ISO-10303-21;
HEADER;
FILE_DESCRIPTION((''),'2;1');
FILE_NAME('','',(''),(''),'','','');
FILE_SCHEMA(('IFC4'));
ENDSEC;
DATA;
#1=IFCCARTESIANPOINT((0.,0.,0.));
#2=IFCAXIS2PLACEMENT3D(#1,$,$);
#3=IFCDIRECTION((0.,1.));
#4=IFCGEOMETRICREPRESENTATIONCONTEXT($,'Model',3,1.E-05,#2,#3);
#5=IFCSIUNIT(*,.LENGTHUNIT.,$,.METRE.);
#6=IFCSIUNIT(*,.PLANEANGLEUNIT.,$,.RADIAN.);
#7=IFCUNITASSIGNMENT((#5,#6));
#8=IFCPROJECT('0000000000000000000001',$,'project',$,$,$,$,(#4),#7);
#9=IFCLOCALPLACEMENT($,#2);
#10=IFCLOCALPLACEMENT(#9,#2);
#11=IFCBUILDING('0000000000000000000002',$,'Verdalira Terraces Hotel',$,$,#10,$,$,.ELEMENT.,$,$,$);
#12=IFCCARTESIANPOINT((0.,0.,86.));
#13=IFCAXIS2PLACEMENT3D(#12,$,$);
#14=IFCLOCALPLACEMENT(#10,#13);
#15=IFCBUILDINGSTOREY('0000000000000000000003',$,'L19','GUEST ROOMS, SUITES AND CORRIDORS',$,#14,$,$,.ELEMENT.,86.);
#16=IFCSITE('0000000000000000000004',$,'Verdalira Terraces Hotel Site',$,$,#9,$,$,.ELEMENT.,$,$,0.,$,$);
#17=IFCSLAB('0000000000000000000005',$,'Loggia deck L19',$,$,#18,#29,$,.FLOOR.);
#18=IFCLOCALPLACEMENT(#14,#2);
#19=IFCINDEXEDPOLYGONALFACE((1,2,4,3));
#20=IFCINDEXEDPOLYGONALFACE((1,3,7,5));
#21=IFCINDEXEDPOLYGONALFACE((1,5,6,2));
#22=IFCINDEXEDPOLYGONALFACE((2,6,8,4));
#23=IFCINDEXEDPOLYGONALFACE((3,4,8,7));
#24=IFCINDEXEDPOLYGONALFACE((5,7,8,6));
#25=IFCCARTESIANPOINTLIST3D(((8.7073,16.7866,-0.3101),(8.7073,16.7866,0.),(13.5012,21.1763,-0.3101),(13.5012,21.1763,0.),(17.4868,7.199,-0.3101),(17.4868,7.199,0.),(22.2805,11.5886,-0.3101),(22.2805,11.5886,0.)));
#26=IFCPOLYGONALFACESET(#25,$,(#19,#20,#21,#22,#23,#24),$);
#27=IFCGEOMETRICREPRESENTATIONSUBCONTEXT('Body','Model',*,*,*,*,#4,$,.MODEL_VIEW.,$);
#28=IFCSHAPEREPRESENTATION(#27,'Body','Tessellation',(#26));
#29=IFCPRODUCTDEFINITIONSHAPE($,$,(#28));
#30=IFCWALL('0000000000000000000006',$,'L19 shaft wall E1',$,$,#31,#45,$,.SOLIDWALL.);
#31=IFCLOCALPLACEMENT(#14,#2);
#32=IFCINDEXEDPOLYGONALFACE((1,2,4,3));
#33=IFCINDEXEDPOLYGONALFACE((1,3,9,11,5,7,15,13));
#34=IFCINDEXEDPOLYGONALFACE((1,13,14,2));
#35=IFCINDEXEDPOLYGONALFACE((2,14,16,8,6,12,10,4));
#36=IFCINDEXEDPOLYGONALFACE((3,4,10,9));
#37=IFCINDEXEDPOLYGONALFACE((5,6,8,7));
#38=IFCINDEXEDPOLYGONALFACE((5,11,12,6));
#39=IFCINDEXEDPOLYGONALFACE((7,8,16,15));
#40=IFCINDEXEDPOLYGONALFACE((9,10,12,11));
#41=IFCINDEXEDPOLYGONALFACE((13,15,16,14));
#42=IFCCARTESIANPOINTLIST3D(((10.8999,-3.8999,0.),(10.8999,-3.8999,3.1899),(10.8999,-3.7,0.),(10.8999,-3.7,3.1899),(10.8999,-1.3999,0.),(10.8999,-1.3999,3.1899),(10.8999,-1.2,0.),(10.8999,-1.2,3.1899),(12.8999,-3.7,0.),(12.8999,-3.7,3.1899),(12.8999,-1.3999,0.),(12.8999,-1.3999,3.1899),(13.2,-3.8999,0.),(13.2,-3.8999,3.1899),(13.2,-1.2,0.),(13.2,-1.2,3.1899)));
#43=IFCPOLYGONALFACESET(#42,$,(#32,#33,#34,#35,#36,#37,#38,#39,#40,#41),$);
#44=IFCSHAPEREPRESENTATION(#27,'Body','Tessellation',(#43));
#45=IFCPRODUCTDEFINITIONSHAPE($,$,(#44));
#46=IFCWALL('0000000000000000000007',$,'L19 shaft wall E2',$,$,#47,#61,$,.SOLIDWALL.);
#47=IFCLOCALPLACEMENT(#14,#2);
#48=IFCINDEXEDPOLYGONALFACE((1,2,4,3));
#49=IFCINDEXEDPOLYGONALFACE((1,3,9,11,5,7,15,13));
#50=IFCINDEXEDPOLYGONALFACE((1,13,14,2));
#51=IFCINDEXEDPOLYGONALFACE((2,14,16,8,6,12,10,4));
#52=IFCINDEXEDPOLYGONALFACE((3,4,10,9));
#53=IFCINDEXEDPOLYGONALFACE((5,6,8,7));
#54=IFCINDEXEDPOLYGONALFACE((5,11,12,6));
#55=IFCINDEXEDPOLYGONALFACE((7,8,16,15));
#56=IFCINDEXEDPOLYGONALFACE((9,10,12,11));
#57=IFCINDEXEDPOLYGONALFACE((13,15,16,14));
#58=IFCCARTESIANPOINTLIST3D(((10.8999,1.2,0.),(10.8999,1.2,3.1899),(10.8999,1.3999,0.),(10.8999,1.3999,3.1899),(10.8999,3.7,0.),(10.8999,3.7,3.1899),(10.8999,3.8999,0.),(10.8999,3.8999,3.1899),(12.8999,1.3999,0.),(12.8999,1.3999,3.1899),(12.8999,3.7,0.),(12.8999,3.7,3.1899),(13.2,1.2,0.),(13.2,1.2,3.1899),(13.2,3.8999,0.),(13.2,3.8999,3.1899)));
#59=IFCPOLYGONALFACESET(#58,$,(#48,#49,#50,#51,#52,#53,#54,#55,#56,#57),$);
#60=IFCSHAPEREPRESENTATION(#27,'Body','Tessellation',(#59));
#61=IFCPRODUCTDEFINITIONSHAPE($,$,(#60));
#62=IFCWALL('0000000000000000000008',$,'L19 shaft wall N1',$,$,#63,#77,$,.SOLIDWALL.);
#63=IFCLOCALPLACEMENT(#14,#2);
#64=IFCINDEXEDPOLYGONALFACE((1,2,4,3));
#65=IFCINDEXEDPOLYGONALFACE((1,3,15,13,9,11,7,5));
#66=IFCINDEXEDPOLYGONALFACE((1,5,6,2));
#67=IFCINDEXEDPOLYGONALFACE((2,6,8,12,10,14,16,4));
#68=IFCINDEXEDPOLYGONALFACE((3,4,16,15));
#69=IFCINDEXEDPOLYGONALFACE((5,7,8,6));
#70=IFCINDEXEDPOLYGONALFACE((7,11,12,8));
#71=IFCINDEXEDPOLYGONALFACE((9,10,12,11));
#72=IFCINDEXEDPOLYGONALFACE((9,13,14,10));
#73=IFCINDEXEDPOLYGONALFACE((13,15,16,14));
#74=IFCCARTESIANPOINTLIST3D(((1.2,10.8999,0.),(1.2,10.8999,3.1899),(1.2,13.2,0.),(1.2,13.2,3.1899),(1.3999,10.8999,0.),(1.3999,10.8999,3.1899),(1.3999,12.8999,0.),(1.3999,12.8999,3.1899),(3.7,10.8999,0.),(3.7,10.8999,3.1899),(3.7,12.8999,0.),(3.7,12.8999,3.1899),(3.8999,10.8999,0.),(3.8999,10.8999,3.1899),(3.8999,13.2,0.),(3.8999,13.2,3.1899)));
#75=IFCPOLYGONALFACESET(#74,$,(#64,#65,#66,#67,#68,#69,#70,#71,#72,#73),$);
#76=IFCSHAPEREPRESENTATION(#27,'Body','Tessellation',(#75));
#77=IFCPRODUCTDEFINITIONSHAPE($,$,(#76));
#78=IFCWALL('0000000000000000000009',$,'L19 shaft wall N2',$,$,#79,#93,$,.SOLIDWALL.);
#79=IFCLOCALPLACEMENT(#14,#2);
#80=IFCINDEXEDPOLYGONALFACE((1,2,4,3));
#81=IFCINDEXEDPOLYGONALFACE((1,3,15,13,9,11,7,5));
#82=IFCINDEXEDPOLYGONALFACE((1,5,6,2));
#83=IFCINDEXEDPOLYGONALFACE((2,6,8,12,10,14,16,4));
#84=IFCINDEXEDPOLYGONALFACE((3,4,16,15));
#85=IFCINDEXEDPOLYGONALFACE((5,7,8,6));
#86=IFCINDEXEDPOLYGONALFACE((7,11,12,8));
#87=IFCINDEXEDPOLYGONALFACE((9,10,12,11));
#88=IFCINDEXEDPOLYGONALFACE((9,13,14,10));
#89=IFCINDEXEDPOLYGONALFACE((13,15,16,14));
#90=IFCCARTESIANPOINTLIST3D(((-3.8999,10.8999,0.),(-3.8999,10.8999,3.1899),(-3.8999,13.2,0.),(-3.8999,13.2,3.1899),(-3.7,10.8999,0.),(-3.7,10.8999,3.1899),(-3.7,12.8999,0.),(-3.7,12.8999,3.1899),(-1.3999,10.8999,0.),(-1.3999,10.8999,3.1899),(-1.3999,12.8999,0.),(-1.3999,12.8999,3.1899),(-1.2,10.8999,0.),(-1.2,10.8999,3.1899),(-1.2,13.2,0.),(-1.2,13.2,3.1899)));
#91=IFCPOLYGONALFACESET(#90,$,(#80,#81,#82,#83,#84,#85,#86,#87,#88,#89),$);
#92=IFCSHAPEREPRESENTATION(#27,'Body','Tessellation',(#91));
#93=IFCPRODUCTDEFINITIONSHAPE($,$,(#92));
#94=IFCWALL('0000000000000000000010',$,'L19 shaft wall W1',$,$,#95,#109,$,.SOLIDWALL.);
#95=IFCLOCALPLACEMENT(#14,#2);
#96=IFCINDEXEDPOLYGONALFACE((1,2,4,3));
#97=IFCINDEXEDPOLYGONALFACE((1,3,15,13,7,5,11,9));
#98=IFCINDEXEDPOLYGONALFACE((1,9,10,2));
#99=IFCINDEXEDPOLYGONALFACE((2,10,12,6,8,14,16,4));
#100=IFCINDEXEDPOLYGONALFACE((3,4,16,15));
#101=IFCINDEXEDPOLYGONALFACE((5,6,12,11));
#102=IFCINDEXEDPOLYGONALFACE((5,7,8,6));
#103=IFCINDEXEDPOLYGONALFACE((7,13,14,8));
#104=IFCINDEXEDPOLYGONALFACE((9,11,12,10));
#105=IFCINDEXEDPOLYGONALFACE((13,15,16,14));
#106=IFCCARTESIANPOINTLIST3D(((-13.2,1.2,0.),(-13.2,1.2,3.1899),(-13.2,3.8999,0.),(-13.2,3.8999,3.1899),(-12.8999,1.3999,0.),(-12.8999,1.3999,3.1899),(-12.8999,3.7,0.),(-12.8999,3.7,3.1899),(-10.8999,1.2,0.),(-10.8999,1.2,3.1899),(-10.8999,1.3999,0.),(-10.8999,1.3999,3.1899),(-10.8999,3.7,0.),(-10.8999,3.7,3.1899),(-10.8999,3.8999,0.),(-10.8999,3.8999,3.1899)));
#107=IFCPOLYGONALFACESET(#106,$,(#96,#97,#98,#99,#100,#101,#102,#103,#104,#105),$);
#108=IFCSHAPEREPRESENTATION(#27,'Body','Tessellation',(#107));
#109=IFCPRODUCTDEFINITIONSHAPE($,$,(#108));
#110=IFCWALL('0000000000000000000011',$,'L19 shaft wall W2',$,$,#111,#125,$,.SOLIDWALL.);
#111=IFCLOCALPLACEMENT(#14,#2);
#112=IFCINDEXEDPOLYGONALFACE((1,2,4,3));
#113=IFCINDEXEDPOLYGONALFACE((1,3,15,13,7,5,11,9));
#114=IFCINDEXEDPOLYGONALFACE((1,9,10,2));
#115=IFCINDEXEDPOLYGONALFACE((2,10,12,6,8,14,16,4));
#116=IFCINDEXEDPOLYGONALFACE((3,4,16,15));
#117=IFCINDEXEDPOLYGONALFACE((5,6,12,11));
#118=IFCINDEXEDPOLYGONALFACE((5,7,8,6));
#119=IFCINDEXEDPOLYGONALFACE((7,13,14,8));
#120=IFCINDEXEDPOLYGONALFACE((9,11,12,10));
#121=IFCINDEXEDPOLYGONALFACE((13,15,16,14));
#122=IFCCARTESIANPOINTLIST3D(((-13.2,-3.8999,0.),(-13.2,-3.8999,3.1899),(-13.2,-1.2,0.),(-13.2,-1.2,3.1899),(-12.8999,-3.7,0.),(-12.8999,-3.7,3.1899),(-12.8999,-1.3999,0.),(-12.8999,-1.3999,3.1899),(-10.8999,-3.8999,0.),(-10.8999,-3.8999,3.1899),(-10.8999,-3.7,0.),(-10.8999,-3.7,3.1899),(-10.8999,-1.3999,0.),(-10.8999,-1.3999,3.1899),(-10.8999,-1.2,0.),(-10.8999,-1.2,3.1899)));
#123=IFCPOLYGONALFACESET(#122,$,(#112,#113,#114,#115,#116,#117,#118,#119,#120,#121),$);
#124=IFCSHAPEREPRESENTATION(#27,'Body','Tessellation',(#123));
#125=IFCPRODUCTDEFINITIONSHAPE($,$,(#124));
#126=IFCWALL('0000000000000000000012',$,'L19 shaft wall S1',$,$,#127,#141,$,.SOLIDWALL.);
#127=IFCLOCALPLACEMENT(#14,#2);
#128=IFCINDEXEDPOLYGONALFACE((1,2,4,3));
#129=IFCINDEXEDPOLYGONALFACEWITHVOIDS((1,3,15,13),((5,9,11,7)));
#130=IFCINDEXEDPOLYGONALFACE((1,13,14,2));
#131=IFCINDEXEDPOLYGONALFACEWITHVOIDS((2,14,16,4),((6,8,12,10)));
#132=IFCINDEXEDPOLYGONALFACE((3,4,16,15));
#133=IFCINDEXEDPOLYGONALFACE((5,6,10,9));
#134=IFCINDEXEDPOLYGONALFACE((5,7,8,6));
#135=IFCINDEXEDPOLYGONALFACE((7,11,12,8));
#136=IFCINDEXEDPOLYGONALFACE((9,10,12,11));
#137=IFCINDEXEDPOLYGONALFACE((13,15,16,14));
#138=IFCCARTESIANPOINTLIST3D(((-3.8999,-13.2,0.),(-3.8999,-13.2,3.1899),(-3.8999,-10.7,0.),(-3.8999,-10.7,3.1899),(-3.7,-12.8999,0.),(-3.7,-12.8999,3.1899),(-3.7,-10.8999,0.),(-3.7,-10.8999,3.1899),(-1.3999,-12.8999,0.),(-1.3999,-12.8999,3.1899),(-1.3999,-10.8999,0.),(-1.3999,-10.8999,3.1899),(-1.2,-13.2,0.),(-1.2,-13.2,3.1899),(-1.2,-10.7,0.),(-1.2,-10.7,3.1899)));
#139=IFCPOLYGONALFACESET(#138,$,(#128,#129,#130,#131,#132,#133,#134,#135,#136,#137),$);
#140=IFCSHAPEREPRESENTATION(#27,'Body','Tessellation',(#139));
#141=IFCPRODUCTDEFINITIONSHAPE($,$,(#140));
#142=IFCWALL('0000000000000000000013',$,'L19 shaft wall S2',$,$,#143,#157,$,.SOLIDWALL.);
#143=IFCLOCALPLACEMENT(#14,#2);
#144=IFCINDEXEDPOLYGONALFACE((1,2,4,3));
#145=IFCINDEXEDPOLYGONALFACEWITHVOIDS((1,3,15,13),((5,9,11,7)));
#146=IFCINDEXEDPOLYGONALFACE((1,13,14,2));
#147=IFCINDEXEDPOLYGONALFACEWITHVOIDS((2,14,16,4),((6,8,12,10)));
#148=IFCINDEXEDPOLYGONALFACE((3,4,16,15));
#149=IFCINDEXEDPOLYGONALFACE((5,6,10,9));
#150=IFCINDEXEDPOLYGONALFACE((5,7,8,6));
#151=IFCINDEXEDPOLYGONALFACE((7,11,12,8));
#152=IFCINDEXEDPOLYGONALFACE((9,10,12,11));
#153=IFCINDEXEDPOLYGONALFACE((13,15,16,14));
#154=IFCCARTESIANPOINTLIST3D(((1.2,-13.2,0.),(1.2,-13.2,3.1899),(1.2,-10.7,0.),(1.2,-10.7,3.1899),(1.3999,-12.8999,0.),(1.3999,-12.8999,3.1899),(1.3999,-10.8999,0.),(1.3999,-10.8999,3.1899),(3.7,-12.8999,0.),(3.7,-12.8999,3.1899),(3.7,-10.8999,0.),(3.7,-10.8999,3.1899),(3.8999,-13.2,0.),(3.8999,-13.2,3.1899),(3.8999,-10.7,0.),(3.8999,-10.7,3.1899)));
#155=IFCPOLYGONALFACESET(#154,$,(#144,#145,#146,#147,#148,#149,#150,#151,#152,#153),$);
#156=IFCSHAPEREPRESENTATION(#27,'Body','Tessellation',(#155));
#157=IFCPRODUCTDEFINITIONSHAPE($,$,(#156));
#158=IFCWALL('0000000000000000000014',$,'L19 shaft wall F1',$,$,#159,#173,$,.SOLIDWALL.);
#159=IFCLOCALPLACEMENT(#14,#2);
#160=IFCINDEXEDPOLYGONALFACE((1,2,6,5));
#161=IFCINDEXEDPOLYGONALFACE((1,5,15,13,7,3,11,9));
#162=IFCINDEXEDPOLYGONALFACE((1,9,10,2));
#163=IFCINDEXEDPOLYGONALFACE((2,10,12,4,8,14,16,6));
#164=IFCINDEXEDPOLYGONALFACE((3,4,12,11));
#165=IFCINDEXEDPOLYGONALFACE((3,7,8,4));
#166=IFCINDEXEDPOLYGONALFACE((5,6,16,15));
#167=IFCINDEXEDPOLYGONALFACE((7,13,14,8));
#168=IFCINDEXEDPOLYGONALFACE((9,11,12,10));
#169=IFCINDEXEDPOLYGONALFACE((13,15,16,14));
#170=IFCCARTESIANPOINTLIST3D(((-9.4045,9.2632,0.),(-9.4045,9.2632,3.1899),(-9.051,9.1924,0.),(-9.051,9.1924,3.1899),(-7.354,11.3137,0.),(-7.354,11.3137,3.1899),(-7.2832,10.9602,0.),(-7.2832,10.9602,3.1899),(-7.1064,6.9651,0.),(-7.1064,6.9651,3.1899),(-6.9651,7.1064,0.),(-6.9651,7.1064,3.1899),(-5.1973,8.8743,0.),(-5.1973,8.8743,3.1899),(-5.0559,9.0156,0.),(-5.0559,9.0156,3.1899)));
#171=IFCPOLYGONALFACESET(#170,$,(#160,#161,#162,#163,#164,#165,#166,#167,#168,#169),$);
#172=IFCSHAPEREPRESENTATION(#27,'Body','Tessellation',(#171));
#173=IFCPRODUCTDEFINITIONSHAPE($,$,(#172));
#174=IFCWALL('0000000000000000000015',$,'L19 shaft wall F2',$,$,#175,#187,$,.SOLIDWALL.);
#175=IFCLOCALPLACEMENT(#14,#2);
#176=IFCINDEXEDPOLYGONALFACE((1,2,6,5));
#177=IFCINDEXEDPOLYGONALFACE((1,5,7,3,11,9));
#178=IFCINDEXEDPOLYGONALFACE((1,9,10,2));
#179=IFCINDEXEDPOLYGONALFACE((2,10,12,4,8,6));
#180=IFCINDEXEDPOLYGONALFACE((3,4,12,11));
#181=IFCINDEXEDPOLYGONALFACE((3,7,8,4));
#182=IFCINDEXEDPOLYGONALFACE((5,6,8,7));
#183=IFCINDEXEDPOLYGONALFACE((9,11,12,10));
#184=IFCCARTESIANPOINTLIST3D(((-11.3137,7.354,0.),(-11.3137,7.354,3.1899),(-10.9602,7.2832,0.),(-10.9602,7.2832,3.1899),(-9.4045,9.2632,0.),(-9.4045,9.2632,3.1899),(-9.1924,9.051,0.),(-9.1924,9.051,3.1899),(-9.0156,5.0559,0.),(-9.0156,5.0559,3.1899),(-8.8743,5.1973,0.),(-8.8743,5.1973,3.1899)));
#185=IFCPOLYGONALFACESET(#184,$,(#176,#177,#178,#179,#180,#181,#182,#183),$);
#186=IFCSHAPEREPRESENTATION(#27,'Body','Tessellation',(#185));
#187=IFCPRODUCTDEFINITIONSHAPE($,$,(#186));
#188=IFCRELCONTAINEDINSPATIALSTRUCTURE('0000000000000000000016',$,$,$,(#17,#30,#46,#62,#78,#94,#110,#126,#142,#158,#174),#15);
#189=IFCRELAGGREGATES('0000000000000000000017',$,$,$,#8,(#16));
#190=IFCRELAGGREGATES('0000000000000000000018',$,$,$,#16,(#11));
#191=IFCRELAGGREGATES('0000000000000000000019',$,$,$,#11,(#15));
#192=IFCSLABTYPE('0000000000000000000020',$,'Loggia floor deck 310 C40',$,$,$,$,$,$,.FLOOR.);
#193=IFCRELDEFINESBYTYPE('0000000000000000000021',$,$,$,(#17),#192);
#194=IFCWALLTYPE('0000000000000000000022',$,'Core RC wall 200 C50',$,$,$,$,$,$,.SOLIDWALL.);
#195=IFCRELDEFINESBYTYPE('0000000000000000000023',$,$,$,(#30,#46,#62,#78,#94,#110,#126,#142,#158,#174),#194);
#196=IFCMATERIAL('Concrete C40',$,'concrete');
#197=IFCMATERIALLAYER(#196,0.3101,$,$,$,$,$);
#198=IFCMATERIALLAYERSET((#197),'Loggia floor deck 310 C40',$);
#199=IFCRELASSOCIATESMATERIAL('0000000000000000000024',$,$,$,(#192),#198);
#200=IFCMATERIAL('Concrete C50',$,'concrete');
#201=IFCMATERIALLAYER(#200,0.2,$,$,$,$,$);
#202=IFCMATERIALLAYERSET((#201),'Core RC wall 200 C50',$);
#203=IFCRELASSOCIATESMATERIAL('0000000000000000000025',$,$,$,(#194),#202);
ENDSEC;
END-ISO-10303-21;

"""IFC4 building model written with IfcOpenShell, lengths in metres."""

from ifc_helpers import new_model, si_unit, direction, frame, origin, place, context, subcontext, project, spatial, polyline, outline, extrude, material, layer, layer_set, type_object, element, save


model = new_model("IFC4")

# Units and contexts
model_context = context("Model", 3, precision=1e-05, world=origin(), true_north=direction((0.0, 1.0)))
body_context = subcontext(model_context, "Body", "Model", "MODEL_VIEW")
ifc_project = project(units=[si_unit("LENGTHUNIT", "METRE"), si_unit("PLANEANGLEUNIT", "RADIAN")], contexts=[model_context])

# Site, building, storey
site_placement = place(None, origin())
site = spatial("IfcSite", under=ifc_project, at=site_placement, Name="Verdalira Terraces Hotel Site", CompositionType="ELEMENT", RefElevation=0.0)
building_placement = place(site_placement, origin())
building = spatial("IfcBuilding", under=site, at=building_placement, Name="Verdalira Terraces Hotel", CompositionType="ELEMENT")
storey_placement = place(building_placement, frame((0.0, 0.0, 86.0)))
storey = spatial("IfcBuildingStorey", under=building, at=storey_placement, Name="L19", Description="GUEST ROOMS, SUITES AND CORRIDORS", CompositionType="ELEMENT", Elevation=86.0)

# Slab
ifc_material_1 = material(Name="Concrete C40", Category="concrete")
ifc_layer_1 = layer(ifc_material_1, 0.3101)
ifc_layer_set_1 = layer_set([ifc_layer_1], Name="Loggia floor deck 310 C40")
slab_type_1 = type_object("IfcSlabType", Name="Loggia floor deck 310 C40", PredefinedType="FLOOR", material=ifc_layer_set_1)
slab_1_placement = place(storey_placement, frame((0.0, 0.0, -0.3101)))
element("IfcSlab", 1, at=slab_1_placement, inside=storey, type_object=slab_type_1, Name="Loggia deck L19", PredefinedType="FLOOR", context=body_context, shape_type="SweptSolid", body=[
    extrude(outline(polyline([(17.4868, 7.199), (22.2805, 11.5886), (13.5012, 21.1763), (8.7073, 16.7866), (17.4868, 7.199)])), origin(), (0.0, 0.0, 1.0), 0.3101),
])

# Walls
ifc_material_2 = material(Name="Concrete C50", Category="concrete")
ifc_layer_2 = layer(ifc_material_2, 0.2)
ifc_layer_set_2 = layer_set([ifc_layer_2], Name="Core RC wall 200 C50")
wall_type = type_object("IfcWallType", Name="Core RC wall 200 C50", PredefinedType="SOLIDWALL", material=ifc_layer_set_2)
wall_1_placement = place(storey_placement, origin())
element("IfcWall", 2, at=wall_1_placement, inside=storey, type_object=wall_type, Name="L19 shaft wall E1", PredefinedType="SOLIDWALL", context=body_context, shape_type="SweptSolid", body=[
    extrude(outline(polyline([(13.2, -3.8999), (10.8999, -3.8999), (10.8999, -3.7), (12.8999, -3.7), (12.8999, -1.3999), (10.8999, -1.3999), (10.8999, -1.2), (13.2, -1.2), (13.2, -3.8999)])), origin(), (0.0, 0.0, 1.0), 3.1899),
])
wall_2_placement = place(storey_placement, origin())
element("IfcWall", 3, at=wall_2_placement, inside=storey, type_object=wall_type, Name="L19 shaft wall E2", PredefinedType="SOLIDWALL", context=body_context, shape_type="SweptSolid", body=[
    extrude(outline(polyline([(13.2, 3.8999), (13.2, 1.2), (10.8999, 1.2), (10.8999, 1.3999), (12.8999, 1.3999), (12.8999, 3.7), (10.8999, 3.7), (10.8999, 3.8999), (13.2, 3.8999)])), origin(), (0.0, 0.0, 1.0), 3.1899),
])
wall_3_placement = place(storey_placement, origin())
element("IfcWall", 4, at=wall_3_placement, inside=storey, type_object=wall_type, Name="L19 shaft wall N1", PredefinedType="SOLIDWALL", context=body_context, shape_type="SweptSolid", body=[
    extrude(outline(polyline([(3.8999, 13.2), (3.8999, 10.8999), (3.7, 10.8999), (3.7, 12.8999), (1.3999, 12.8999), (1.3999, 10.8999), (1.2, 10.8999), (1.2, 13.2), (3.8999, 13.2)])), origin(), (0.0, 0.0, 1.0), 3.1899),
])
wall_4_placement = place(storey_placement, origin())
element("IfcWall", 5, at=wall_4_placement, inside=storey, type_object=wall_type, Name="L19 shaft wall N2", PredefinedType="SOLIDWALL", context=body_context, shape_type="SweptSolid", body=[
    extrude(outline(polyline([(-3.8999, 10.8999), (-3.8999, 13.2), (-1.2, 13.2), (-1.2, 10.8999), (-1.3999, 10.8999), (-1.3999, 12.8999), (-3.7, 12.8999), (-3.7, 10.8999), (-3.8999, 10.8999)])), origin(), (0.0, 0.0, 1.0), 3.1899),
])
wall_5_placement = place(storey_placement, origin())
element("IfcWall", 6, at=wall_5_placement, inside=storey, type_object=wall_type, Name="L19 shaft wall W1", PredefinedType="SOLIDWALL", context=body_context, shape_type="SweptSolid", body=[
    extrude(outline(polyline([(-13.2, 3.8999), (-10.8999, 3.8999), (-10.8999, 3.7), (-12.8999, 3.7), (-12.8999, 1.3999), (-10.8999, 1.3999), (-10.8999, 1.2), (-13.2, 1.2), (-13.2, 3.8999)])), origin(), (0.0, 0.0, 1.0), 3.1899),
])
wall_6_placement = place(storey_placement, origin())
element("IfcWall", 7, at=wall_6_placement, inside=storey, type_object=wall_type, Name="L19 shaft wall W2", PredefinedType="SOLIDWALL", context=body_context, shape_type="SweptSolid", body=[
    extrude(outline(polyline([(-13.2, -3.8999), (-13.2, -1.2), (-10.8999, -1.2), (-10.8999, -1.3999), (-12.8999, -1.3999), (-12.8999, -3.7), (-10.8999, -3.7), (-10.8999, -3.8999), (-13.2, -3.8999)])), origin(), (0.0, 0.0, 1.0), 3.1899),
])
wall_7_placement = place(storey_placement, origin())
element("IfcWall", 8, at=wall_7_placement, inside=storey, type_object=wall_type, Name="L19 shaft wall S1", PredefinedType="SOLIDWALL", context=body_context, shape_type="SweptSolid", body=[
    extrude(outline(polyline([(-1.2, -13.2), (-3.8999, -13.2), (-3.8999, -10.7), (-1.2, -10.7), (-1.2, -13.2)]), holes=[polyline([(-3.7, -10.8999), (-3.7, -12.8999), (-1.3999, -12.8999), (-1.3999, -10.8999), (-3.7, -10.8999)])]), origin(), (0.0, 0.0, 1.0), 3.1899),
])
wall_8_placement = place(storey_placement, origin())
element("IfcWall", 9, at=wall_8_placement, inside=storey, type_object=wall_type, Name="L19 shaft wall S2", PredefinedType="SOLIDWALL", context=body_context, shape_type="SweptSolid", body=[
    extrude(outline(polyline([(3.8999, -10.7), (3.8999, -13.2), (1.2, -13.2), (1.2, -10.7), (3.8999, -10.7)]), holes=[polyline([(1.3999, -12.8999), (3.7, -12.8999), (3.7, -10.8999), (1.3999, -10.8999), (1.3999, -12.8999)])]), origin(), (0.0, 0.0, 1.0), 3.1899),
])
wall_9_placement = place(storey_placement, origin())
element("IfcWall", 10, at=wall_9_placement, inside=storey, type_object=wall_type, Name="L19 shaft wall F1", PredefinedType="SOLIDWALL", context=body_context, shape_type="SweptSolid", body=[
    extrude(outline(polyline([(-9.4045, 9.2632), (-7.354, 11.3137), (-5.0559, 9.0156), (-5.1973, 8.8743), (-7.2832, 10.9602), (-9.051, 9.1924), (-6.9651, 7.1064), (-7.1064, 6.9651), (-9.4045, 9.2632)])), origin(), (0.0, 0.0, 1.0), 3.1899),
])
wall_10_placement = place(storey_placement, origin())
element("IfcWall", 11, at=wall_10_placement, inside=storey, type_object=wall_type, Name="L19 shaft wall F2", PredefinedType="SOLIDWALL", context=body_context, shape_type="SweptSolid", body=[
    extrude(outline(polyline([(-11.3137, 7.354), (-9.4045, 9.2632), (-9.1924, 9.051), (-10.9602, 7.2832), (-8.8743, 5.1973), (-9.0156, 5.0559), (-11.3137, 7.354)])), origin(), (0.0, 0.0, 1.0), 3.1899),
])

save(model, "model.ifc")
